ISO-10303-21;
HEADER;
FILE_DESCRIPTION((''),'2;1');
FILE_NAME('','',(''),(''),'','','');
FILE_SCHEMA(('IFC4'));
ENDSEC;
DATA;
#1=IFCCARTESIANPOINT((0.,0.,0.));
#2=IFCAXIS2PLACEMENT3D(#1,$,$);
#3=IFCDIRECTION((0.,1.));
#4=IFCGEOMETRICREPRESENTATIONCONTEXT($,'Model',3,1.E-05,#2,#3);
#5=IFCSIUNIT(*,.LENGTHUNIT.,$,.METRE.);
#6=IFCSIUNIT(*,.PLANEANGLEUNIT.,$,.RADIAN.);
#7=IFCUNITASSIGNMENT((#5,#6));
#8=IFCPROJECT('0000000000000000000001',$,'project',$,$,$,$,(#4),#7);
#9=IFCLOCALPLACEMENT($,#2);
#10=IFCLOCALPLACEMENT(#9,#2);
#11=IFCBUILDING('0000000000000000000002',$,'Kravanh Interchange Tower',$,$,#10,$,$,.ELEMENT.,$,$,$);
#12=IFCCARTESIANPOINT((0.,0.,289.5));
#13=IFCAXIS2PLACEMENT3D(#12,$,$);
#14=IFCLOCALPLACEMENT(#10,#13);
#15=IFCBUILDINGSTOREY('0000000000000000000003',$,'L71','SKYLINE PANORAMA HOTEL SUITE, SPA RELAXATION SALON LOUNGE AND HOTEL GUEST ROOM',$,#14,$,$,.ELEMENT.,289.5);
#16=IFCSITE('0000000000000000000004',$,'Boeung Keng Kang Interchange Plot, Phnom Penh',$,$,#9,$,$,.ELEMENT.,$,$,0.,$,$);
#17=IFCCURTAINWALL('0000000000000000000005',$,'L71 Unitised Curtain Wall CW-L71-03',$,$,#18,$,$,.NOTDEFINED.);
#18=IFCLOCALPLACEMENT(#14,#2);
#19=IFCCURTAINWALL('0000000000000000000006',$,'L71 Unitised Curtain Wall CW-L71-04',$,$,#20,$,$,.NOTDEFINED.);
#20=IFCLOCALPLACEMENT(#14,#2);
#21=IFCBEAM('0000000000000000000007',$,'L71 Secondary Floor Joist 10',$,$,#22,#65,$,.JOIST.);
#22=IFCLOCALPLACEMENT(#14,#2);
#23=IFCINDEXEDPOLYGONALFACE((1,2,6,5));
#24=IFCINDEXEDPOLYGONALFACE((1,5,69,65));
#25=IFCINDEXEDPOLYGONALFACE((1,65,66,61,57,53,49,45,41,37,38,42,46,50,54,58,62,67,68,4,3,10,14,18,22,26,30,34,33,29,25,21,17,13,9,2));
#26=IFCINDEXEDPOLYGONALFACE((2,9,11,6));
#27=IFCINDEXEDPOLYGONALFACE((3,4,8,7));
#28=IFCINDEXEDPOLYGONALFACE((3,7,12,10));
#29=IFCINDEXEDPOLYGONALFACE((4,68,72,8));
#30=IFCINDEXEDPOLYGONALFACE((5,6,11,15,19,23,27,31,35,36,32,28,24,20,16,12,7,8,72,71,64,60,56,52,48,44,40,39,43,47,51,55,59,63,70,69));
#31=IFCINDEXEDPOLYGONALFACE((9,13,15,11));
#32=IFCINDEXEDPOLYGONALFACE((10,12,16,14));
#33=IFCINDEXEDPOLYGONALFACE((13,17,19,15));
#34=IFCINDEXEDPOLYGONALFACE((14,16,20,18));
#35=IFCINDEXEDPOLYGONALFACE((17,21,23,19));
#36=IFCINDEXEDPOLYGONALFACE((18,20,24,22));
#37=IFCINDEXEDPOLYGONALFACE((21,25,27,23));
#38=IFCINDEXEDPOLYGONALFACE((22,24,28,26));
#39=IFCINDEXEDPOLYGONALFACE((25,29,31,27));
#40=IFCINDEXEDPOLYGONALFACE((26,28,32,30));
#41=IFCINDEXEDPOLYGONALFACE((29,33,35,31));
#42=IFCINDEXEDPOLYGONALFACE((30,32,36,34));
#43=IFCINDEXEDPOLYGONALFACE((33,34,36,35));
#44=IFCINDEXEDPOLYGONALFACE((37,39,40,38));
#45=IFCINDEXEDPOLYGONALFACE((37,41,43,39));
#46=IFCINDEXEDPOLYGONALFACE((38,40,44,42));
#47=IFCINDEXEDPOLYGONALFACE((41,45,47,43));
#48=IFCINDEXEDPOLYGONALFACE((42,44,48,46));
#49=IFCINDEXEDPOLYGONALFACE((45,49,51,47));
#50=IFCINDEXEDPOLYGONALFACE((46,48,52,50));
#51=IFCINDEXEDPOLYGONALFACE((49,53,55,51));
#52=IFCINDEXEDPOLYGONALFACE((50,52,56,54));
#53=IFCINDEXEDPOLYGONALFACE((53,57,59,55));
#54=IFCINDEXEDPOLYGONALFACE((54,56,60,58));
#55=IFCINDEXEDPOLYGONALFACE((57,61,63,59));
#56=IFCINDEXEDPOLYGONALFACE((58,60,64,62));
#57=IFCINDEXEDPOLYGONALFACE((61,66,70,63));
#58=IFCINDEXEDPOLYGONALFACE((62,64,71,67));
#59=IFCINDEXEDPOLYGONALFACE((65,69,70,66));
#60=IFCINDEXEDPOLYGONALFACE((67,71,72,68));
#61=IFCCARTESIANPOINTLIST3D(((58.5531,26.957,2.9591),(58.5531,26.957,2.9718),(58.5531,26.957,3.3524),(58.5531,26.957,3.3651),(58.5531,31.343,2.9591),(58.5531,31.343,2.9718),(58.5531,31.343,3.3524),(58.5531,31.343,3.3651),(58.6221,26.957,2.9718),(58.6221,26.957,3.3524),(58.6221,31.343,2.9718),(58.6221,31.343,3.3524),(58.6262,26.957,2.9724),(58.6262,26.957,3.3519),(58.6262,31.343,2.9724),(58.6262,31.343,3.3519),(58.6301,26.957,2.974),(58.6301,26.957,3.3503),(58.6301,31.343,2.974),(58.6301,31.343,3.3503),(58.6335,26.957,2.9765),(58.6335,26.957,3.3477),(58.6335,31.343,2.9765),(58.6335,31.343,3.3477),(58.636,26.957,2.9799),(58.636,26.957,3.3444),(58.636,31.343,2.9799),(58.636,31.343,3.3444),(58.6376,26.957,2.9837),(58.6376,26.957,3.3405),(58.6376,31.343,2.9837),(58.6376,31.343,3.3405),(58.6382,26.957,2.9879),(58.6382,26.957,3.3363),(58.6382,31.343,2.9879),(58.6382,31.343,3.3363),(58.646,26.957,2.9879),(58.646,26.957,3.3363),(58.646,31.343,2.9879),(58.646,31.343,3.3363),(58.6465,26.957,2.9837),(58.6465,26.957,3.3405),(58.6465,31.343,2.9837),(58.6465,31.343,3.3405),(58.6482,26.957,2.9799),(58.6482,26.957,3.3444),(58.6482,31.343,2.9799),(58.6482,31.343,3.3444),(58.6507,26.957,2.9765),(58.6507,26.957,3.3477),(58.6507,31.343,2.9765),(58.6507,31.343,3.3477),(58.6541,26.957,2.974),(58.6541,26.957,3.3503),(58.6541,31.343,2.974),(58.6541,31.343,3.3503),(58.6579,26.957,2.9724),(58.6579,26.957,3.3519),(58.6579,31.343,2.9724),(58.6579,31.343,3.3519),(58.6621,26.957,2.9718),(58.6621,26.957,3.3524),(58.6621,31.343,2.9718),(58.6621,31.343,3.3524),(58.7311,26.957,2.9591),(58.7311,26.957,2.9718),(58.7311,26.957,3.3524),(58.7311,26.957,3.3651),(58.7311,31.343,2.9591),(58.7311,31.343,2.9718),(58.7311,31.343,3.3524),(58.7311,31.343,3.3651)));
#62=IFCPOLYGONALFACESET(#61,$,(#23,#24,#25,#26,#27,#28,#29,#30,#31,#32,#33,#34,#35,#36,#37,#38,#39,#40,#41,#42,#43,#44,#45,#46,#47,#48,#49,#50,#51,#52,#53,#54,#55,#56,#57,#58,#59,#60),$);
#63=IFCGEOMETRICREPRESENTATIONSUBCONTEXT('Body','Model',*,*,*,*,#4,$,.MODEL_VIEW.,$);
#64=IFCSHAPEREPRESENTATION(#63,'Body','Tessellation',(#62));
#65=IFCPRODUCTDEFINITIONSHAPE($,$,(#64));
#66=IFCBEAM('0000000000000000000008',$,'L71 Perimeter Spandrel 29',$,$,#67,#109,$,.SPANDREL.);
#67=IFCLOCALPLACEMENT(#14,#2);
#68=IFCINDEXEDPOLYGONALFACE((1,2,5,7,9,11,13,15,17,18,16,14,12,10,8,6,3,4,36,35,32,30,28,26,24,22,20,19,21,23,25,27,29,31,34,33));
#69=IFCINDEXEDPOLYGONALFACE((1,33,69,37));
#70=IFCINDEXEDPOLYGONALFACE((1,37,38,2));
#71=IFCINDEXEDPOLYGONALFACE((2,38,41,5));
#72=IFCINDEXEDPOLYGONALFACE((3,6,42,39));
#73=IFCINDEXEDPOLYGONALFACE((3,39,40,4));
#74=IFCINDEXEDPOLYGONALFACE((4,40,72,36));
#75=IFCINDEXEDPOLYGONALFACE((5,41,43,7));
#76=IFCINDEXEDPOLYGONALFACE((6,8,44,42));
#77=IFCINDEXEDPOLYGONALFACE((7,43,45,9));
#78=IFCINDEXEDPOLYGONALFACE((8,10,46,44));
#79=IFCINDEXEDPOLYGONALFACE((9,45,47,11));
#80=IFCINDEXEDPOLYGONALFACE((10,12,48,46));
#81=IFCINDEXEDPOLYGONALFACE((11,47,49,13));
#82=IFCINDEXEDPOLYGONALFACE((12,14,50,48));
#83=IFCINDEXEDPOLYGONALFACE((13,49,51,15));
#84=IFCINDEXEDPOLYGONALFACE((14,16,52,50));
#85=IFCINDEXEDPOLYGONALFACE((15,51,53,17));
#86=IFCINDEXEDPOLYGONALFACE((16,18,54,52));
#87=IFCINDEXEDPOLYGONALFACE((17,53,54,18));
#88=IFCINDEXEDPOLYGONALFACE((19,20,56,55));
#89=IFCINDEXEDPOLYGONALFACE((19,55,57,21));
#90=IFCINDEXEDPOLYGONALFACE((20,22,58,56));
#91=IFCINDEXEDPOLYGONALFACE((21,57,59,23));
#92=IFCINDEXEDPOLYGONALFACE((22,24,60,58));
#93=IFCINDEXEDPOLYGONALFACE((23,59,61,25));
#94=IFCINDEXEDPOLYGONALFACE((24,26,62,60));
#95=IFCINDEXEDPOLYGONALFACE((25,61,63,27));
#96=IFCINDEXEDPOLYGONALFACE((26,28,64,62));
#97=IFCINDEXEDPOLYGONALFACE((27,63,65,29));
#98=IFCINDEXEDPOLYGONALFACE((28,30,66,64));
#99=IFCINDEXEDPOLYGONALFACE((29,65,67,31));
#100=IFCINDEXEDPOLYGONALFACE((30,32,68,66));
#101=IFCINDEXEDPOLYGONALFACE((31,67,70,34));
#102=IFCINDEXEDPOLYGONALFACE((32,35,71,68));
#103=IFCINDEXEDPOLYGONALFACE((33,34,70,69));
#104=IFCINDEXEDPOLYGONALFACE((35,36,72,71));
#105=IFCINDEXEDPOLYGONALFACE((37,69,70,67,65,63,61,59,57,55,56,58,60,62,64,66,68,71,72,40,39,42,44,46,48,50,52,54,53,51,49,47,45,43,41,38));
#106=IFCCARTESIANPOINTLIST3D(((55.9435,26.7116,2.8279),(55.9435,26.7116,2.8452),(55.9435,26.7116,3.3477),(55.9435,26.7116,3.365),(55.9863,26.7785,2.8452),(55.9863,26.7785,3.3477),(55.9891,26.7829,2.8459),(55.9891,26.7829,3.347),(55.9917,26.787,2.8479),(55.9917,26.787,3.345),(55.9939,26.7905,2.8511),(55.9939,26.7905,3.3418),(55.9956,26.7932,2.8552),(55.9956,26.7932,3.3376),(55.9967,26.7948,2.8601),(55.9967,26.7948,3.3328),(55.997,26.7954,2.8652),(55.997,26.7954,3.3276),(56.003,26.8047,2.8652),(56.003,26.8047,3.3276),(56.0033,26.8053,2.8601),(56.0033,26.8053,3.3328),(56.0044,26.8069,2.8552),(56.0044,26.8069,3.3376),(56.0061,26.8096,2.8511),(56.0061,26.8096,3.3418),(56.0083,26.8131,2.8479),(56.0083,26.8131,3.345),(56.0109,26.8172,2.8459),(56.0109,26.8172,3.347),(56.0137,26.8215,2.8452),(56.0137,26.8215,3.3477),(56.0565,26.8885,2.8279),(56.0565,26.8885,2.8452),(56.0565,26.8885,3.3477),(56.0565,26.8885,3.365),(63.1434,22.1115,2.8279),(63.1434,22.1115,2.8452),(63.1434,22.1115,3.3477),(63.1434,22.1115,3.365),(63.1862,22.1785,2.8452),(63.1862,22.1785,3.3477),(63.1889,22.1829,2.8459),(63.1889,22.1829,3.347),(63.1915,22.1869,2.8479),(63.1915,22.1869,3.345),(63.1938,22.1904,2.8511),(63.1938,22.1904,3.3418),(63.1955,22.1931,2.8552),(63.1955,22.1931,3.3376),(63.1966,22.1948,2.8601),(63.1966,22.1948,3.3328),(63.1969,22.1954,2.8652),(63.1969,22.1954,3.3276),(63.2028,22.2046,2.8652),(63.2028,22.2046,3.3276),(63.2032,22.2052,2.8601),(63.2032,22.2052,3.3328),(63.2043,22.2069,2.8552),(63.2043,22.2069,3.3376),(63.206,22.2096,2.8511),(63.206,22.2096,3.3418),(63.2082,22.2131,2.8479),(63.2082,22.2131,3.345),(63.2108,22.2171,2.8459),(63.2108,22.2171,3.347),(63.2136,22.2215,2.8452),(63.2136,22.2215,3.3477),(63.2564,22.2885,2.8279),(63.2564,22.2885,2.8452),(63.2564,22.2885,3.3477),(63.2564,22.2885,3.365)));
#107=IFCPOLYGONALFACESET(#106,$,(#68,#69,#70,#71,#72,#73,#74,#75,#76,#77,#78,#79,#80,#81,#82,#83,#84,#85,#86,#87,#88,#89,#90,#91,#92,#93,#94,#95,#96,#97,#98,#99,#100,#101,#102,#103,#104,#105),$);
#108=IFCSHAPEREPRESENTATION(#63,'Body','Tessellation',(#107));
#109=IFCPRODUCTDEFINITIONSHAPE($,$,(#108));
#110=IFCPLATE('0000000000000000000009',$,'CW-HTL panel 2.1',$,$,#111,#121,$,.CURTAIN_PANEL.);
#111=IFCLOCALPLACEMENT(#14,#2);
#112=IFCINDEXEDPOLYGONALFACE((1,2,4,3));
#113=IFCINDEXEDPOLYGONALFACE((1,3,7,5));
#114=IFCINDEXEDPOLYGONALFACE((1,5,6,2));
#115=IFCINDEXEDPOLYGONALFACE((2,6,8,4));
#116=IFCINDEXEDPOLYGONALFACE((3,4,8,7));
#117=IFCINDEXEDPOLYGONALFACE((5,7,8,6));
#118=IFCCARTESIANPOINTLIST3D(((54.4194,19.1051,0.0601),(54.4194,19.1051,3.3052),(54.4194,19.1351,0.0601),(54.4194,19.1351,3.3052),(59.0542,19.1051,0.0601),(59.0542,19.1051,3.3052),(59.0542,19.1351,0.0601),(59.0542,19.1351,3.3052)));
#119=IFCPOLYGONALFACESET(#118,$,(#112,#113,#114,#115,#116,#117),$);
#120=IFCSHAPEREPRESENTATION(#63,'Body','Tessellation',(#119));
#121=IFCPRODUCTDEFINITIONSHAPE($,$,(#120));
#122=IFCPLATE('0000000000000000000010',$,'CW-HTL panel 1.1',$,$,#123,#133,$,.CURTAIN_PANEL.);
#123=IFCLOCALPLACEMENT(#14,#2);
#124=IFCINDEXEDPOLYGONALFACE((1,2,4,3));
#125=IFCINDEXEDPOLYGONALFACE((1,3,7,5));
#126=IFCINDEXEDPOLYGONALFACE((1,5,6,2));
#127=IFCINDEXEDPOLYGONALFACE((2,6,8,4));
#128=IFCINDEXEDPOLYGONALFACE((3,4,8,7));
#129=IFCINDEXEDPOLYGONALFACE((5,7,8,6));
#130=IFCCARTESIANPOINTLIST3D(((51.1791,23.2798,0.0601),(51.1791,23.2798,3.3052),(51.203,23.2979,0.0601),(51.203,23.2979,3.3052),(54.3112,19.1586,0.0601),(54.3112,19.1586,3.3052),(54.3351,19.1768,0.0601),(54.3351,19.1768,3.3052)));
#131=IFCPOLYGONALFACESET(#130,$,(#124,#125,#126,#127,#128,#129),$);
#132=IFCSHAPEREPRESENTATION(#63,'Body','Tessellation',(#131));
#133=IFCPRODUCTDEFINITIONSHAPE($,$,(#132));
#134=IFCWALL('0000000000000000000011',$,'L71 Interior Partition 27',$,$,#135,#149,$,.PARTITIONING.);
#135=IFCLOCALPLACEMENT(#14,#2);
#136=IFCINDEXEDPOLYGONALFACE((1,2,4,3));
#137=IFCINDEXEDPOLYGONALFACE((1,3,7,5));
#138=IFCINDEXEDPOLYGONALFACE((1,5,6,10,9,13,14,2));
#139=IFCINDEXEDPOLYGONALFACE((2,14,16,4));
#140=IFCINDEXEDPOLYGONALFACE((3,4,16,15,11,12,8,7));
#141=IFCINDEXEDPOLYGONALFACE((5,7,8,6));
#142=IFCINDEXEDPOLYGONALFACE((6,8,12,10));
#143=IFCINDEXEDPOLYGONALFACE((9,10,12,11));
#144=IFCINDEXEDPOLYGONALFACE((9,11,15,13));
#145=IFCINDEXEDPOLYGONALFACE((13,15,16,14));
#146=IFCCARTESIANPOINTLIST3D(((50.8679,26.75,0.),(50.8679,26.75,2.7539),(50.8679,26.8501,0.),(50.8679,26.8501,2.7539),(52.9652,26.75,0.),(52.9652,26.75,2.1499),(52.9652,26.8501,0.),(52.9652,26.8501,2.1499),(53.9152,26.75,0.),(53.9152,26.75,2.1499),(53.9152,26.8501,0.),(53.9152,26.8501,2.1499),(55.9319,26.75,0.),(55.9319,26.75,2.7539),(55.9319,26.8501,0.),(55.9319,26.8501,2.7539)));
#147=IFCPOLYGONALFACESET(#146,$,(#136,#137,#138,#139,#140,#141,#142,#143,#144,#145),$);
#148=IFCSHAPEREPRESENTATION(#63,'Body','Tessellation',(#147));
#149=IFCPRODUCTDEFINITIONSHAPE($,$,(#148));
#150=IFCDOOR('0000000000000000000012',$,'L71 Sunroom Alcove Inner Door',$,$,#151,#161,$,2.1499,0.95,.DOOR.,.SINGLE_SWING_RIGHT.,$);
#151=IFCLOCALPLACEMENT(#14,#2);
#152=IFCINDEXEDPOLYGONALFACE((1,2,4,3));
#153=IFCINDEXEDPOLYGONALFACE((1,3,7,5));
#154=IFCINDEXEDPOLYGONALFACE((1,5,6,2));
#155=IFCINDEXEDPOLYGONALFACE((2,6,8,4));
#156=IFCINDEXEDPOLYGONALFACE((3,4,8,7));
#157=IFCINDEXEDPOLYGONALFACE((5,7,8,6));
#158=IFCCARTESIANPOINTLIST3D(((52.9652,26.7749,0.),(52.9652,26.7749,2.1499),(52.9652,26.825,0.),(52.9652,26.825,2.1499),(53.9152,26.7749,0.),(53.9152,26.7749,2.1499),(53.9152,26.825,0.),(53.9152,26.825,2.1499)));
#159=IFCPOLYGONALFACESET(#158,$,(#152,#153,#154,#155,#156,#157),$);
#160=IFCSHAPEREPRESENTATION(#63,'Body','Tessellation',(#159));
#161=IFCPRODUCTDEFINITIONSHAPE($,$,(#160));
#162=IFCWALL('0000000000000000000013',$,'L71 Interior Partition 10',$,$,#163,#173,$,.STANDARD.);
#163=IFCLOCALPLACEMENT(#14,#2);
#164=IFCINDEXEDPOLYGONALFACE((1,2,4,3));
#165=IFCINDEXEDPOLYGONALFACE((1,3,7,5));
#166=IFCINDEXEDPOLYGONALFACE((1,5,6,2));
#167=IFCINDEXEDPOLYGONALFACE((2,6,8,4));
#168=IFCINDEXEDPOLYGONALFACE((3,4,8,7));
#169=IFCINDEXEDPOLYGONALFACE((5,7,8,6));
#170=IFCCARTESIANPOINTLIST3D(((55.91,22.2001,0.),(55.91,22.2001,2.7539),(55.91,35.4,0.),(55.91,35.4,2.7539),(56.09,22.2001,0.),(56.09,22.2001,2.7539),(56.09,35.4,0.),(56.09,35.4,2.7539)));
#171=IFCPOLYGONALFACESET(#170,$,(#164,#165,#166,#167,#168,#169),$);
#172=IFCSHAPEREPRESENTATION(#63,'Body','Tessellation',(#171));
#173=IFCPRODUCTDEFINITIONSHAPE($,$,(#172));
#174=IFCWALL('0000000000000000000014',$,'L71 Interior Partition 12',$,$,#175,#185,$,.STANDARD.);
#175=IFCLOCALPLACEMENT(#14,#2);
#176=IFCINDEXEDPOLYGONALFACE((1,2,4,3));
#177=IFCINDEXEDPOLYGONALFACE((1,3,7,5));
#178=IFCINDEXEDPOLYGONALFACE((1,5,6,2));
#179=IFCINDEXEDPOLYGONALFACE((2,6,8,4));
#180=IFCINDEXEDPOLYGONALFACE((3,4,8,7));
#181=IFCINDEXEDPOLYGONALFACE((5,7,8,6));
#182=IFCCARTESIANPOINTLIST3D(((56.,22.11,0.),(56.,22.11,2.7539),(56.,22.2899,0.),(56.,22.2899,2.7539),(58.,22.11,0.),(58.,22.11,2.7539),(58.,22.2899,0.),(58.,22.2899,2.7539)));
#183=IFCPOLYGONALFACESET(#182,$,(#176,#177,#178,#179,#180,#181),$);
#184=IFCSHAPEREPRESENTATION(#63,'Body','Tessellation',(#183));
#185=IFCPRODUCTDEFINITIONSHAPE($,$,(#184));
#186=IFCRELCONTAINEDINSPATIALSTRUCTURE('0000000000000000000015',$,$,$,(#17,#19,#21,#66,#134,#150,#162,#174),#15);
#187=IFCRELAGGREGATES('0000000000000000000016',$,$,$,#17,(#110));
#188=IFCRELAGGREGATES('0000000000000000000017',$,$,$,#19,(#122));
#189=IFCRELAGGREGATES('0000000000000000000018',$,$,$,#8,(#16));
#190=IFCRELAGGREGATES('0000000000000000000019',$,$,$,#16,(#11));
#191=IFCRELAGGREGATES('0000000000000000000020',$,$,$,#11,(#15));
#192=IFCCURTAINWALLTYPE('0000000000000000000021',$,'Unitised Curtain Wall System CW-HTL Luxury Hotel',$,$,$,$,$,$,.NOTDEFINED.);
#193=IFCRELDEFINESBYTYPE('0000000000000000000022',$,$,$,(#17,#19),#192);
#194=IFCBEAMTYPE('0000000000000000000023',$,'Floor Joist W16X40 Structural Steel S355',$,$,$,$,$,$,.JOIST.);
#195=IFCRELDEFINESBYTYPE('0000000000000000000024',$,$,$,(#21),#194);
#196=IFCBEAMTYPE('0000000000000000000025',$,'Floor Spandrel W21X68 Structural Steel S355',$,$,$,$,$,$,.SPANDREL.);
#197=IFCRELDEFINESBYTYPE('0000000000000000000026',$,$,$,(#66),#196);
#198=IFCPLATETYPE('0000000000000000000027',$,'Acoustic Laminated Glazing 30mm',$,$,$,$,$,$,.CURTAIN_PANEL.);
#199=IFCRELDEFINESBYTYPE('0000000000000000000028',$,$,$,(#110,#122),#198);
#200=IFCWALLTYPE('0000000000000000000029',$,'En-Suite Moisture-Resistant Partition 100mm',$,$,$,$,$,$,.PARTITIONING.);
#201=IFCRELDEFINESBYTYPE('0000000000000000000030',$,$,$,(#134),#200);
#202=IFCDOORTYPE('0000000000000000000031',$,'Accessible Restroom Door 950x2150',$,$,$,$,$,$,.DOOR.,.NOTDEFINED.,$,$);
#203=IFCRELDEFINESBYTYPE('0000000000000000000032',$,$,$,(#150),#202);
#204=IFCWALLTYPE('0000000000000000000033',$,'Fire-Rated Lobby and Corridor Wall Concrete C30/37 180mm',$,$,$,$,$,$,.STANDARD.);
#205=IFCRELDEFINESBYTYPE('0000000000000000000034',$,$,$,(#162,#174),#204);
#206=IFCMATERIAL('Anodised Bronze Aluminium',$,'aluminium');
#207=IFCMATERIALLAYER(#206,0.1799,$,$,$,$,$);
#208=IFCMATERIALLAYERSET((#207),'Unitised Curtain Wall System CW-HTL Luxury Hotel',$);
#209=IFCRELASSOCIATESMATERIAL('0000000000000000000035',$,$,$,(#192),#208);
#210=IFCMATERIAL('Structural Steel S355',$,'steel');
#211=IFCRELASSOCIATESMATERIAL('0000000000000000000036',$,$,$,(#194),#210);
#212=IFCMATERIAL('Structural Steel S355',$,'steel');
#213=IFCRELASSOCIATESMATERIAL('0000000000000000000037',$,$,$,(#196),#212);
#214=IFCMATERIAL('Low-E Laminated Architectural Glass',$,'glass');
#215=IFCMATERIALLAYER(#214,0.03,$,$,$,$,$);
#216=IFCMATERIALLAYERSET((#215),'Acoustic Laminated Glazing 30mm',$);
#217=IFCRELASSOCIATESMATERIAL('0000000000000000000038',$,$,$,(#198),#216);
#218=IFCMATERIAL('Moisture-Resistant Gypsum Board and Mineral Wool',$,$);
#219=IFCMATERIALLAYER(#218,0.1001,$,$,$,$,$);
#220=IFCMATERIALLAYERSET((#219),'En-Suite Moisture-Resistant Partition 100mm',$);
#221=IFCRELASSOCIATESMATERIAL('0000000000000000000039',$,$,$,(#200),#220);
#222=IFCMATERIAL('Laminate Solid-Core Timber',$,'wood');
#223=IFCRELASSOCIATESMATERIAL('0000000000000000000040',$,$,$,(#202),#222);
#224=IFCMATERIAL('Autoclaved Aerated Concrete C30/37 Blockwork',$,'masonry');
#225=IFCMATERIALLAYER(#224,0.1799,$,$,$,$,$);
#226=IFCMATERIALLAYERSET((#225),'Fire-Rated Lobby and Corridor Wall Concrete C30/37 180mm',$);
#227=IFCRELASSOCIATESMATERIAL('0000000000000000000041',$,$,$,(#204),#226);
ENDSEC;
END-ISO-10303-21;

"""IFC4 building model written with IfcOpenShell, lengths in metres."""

from ifc_helpers import new_model, si_unit, direction, frame, frame_2d, origin, origin_2d, place, context, subcontext, project, spatial, rectangle, i_section, extrude, material, layer, layer_set, material_profile, profile_set, type_object, element, fill, aggregate, save


model = new_model("IFC4")

# Units and contexts
model_context = context("Model", 3, precision=1e-05, world=origin(), true_north=direction((0.0, 1.0)))
body_context = subcontext(model_context, "Body", "Model", "MODEL_VIEW")
ifc_project = project(units=[si_unit("LENGTHUNIT", "METRE"), si_unit("PLANEANGLEUNIT", "RADIAN")], contexts=[model_context])

# Site, building, storey
site_placement = place(None, origin())
site = spatial("IfcSite", under=ifc_project, at=site_placement, Name="Boeung Keng Kang Interchange Plot, Phnom Penh", CompositionType="ELEMENT", RefElevation=0.0)
building_placement = place(site_placement, origin())
building = spatial("IfcBuilding", under=site, at=building_placement, Name="Kravanh Interchange Tower", CompositionType="ELEMENT")
storey_placement = place(building_placement, frame((0.0, 0.0, 289.5)))
storey = spatial("IfcBuildingStorey", under=building, at=storey_placement, Name="L71", Description="SKYLINE PANORAMA HOTEL SUITE, SPA RELAXATION SALON LOUNGE AND HOTEL GUEST ROOM", CompositionType="ELEMENT", Elevation=289.5)

# Curtain wall
ifc_material_1 = material(Name="Anodised Bronze Aluminium", Category="aluminium")
ifc_layer_1 = layer(ifc_material_1, 0.1799)
ifc_layer_set_1 = layer_set([ifc_layer_1], Name="Unitised Curtain Wall System CW-HTL Luxury Hotel")
curtain_wall_type = type_object("IfcCurtainWallType", Name="Unitised Curtain Wall System CW-HTL Luxury Hotel", PredefinedType="NOTDEFINED", material=ifc_layer_set_1)
curtain_wall_1_placement = place(storey_placement, origin())
curtain_wall_1 = element("IfcCurtainWall", 1, at=curtain_wall_1_placement, inside=storey, type_object=curtain_wall_type, Name="L71 Unitised Curtain Wall CW-L71-03", PredefinedType="NOTDEFINED")

# Curtain wall
curtain_wall_2_placement = place(storey_placement, origin())
curtain_wall_2 = element("IfcCurtainWall", 2, at=curtain_wall_2_placement, inside=storey, type_object=curtain_wall_type, Name="L71 Unitised Curtain Wall CW-L71-04", PredefinedType="NOTDEFINED")

# Beams
ifc_material_2 = material(Name="Structural Steel S355", Category="steel")
ifc_material_profile_1 = material_profile(ifc_material_2, i_section(OverallWidth=0.178, OverallDepth=0.406, WebThickness=0.0078, FlangeThickness=0.0127, FilletRadius=0.0161, at=origin_2d()), Name="W16X40")
ifc_profile_set_1 = profile_set([ifc_material_profile_1], Name="Structural Steel S355")
beam_type_1 = type_object("IfcBeamType", Name="Floor Joist W16X40 Structural Steel S355", PredefinedType="JOIST", material=ifc_profile_set_1)
for number, where, z_axis, x_axis, name in (
    (3, (58.6421, 26.957, 3.1621), (0.0, 1.0, 0.0), (-1.0, 0.0, 0.0), "L71 Secondary Floor Joist 10"),
):
    element("IfcBeam", number, at=place(storey_placement, frame(where, z_axis=z_axis, x_axis=x_axis)), inside=storey, type_object=beam_type_1, Name=name, PredefinedType="JOIST", context=body_context, shape_type="SweptSolid", body=[
        extrude(i_section(OverallWidth=0.178, OverallDepth=0.406, WebThickness=0.0078, FlangeThickness=0.0127, FilletRadius=0.0161, at=origin_2d()), origin(), (0.0, 0.0, 1.0), 4.386),
    ])
ifc_material_3 = material(Name="Structural Steel S355", Category="steel")
ifc_material_profile_2 = material_profile(ifc_material_3, i_section(OverallWidth=0.21, OverallDepth=0.5371, WebThickness=0.011, FlangeThickness=0.0173, FilletRadius=0.02, at=origin_2d()), Name="W21X68")
ifc_profile_set_2 = profile_set([ifc_material_profile_2], Name="Structural Steel S355")
beam_type_2 = type_object("IfcBeamType", Name="Floor Spandrel W21X68 Structural Steel S355", PredefinedType="SPANDREL", material=ifc_profile_set_2)
beam_1_placement = place(storey_placement, frame((56.0, 26.8, 3.0964), z_axis=(0.842689, -0.5384, 0.0), x_axis=(0.5384, 0.842689, 0.0)))
element("IfcBeam", 4, at=beam_1_placement, inside=storey, type_object=beam_type_2, Name="L71 Perimeter Spandrel 29", PredefinedType="SPANDREL", context=body_context, shape_type="SweptSolid", body=[
    extrude(i_section(OverallWidth=0.21, OverallDepth=0.5371, WebThickness=0.011, FlangeThickness=0.0173, FilletRadius=0.02, at=origin_2d()), origin(), (0.0, 0.0, 1.0), 8.5439),
])

# Plates
ifc_material_4 = material(Name="Low-E Laminated Architectural Glass", Category="glass")
ifc_layer_2 = layer(ifc_material_4, 0.03)
ifc_layer_set_2 = layer_set([ifc_layer_2], Name="Acoustic Laminated Glazing 30mm")
plate_type = type_object("IfcPlateType", Name="Acoustic Laminated Glazing 30mm", PredefinedType="CURTAIN_PANEL", material=ifc_layer_set_2)
plate_1_placement = place(storey_placement, frame((56.7368, 19.1201, 0.0601), z_axis=(0.0, 0.0, 1.0), x_axis=(-1.0, 0.0, 0.0)))
plate_1 = element("IfcPlate", 5, at=plate_1_placement, type_object=plate_type, Name="CW-HTL panel 2.1", PredefinedType="CURTAIN_PANEL", context=body_context, shape_type="SweptSolid", body=[
    extrude(rectangle(XDim=4.6348, YDim=0.03, at=origin_2d()), origin(), (0.0, 0.0, 1.0), 3.2451),
])
aggregate(curtain_wall_1, [plate_1])
plate_2_placement = place(storey_placement, frame((52.7571, 21.2283, 0.0601), z_axis=(0.0, 0.0, 1.0), x_axis=(-0.605083, 0.796162, 0.0)))
plate_2 = element("IfcPlate", 6, at=plate_2_placement, type_object=plate_type, Name="CW-HTL panel 1.1", PredefinedType="CURTAIN_PANEL", context=body_context, shape_type="SweptSolid", body=[
    extrude(rectangle(XDim=5.1763, YDim=0.03, at=origin_2d()), origin(), (0.0, 0.0, 1.0), 3.2451),
])
aggregate(curtain_wall_2, [plate_2])

# Wall, opening, door
ifc_material_5 = material(Name="Moisture-Resistant Gypsum Board and Mineral Wool")
ifc_layer_3 = layer(ifc_material_5, 0.1001)
ifc_layer_set_3 = layer_set([ifc_layer_3], Name="En-Suite Moisture-Resistant Partition 100mm")
wall_type_1 = type_object("IfcWallType", Name="En-Suite Moisture-Resistant Partition 100mm", PredefinedType="PARTITIONING", material=ifc_layer_set_3)
wall_1_placement = place(storey_placement, frame((50.8679, 26.8, 0.0), z_axis=(0.0, 0.0, 1.0), x_axis=(1.0, 0.0, 0.0)))
wall_1 = element("IfcWall", 7, at=wall_1_placement, inside=storey, type_object=wall_type_1, Name="L71 Interior Partition 27", PredefinedType="PARTITIONING", context=body_context, shape_type="SweptSolid", body=[
    extrude(rectangle(XDim=5.064, YDim=0.1001, at=frame_2d((2.532, 0.0))), origin(), (0.0, 0.0, 1.0), 2.7539),
])
opening_1_placement = place(wall_1_placement, frame((2.0972, 0.0, 0.0)))
opening_1 = element("IfcOpeningElement", 8, at=opening_1_placement, cuts=wall_1, PredefinedType="OPENING", context=body_context, shape_type="SweptSolid", body=[
    extrude(rectangle(XDim=0.95, YDim=2.1499, at=frame_2d((0.4751, 1.075))), frame((0.0, 0.0601, 0.0), z_axis=(0.0, -1.0, 0.0), x_axis=(1.0, 0.0, 0.0)), (0.0, 0.0, 1.0), 0.1201),
])
ifc_material_6 = material(Name="Laminate Solid-Core Timber", Category="wood")
door_type_1 = type_object("IfcDoorType", Name="Accessible Restroom Door 950x2150", OperationType="NOTDEFINED", PredefinedType="DOOR", material=ifc_material_6)
door_1_placement = place(opening_1_placement, origin())
door_1 = element("IfcDoor", 9, at=door_1_placement, inside=storey, type_object=door_type_1, Name="L71 Sunroom Alcove Inner Door", OperationType="SINGLE_SWING_RIGHT", OverallHeight=2.1499, OverallWidth=0.95, PredefinedType="DOOR", context=body_context, shape_type="SweptSolid", body=[
    extrude(rectangle(XDim=0.95, YDim=2.1499, at=frame_2d((0.4751, 1.075))), frame((0.0, 0.0249, 0.0), z_axis=(0.0, -1.0, 0.0), x_axis=(1.0, 0.0, 0.0)), (0.0, 0.0, 1.0), 0.05),
])
fill(opening_1, door_1)

# Wall
ifc_material_7 = material(Name="Autoclaved Aerated Concrete C30/37 Blockwork", Category="masonry")
ifc_layer_4 = layer(ifc_material_7, 0.1799)
ifc_layer_set_4 = layer_set([ifc_layer_4], Name="Fire-Rated Lobby and Corridor Wall Concrete C30/37 180mm")
wall_type_2 = type_object("IfcWallType", Name="Fire-Rated Lobby and Corridor Wall Concrete C30/37 180mm", PredefinedType="STANDARD", material=ifc_layer_set_4)
wall_2_placement = place(storey_placement, frame((56.0, 22.2, 0.0), z_axis=(0.0, 0.0, 1.0), x_axis=(0.0, 1.0, 0.0)))
element("IfcWall", 10, at=wall_2_placement, inside=storey, type_object=wall_type_2, Name="L71 Interior Partition 10", PredefinedType="STANDARD", context=body_context, shape_type="SweptSolid", body=[
    extrude(rectangle(XDim=13.2, YDim=0.1799, at=frame_2d((6.6001, 0.0))), origin(), (0.0, 0.0, 1.0), 2.7539),
])

# Wall
wall_3_placement = place(storey_placement, frame((56.0, 22.2, 0.0), z_axis=(0.0, 0.0, 1.0), x_axis=(1.0, 0.0, 0.0)))
element("IfcWall", 11, at=wall_3_placement, inside=storey, type_object=wall_type_2, Name="L71 Interior Partition 12", PredefinedType="STANDARD", context=body_context, shape_type="SweptSolid", body=[
    extrude(rectangle(XDim=2.0, YDim=0.1799, at=frame_2d((1.0, 0.0))), origin(), (0.0, 0.0, 1.0), 2.7539),
])

save(model, "model.ifc")
